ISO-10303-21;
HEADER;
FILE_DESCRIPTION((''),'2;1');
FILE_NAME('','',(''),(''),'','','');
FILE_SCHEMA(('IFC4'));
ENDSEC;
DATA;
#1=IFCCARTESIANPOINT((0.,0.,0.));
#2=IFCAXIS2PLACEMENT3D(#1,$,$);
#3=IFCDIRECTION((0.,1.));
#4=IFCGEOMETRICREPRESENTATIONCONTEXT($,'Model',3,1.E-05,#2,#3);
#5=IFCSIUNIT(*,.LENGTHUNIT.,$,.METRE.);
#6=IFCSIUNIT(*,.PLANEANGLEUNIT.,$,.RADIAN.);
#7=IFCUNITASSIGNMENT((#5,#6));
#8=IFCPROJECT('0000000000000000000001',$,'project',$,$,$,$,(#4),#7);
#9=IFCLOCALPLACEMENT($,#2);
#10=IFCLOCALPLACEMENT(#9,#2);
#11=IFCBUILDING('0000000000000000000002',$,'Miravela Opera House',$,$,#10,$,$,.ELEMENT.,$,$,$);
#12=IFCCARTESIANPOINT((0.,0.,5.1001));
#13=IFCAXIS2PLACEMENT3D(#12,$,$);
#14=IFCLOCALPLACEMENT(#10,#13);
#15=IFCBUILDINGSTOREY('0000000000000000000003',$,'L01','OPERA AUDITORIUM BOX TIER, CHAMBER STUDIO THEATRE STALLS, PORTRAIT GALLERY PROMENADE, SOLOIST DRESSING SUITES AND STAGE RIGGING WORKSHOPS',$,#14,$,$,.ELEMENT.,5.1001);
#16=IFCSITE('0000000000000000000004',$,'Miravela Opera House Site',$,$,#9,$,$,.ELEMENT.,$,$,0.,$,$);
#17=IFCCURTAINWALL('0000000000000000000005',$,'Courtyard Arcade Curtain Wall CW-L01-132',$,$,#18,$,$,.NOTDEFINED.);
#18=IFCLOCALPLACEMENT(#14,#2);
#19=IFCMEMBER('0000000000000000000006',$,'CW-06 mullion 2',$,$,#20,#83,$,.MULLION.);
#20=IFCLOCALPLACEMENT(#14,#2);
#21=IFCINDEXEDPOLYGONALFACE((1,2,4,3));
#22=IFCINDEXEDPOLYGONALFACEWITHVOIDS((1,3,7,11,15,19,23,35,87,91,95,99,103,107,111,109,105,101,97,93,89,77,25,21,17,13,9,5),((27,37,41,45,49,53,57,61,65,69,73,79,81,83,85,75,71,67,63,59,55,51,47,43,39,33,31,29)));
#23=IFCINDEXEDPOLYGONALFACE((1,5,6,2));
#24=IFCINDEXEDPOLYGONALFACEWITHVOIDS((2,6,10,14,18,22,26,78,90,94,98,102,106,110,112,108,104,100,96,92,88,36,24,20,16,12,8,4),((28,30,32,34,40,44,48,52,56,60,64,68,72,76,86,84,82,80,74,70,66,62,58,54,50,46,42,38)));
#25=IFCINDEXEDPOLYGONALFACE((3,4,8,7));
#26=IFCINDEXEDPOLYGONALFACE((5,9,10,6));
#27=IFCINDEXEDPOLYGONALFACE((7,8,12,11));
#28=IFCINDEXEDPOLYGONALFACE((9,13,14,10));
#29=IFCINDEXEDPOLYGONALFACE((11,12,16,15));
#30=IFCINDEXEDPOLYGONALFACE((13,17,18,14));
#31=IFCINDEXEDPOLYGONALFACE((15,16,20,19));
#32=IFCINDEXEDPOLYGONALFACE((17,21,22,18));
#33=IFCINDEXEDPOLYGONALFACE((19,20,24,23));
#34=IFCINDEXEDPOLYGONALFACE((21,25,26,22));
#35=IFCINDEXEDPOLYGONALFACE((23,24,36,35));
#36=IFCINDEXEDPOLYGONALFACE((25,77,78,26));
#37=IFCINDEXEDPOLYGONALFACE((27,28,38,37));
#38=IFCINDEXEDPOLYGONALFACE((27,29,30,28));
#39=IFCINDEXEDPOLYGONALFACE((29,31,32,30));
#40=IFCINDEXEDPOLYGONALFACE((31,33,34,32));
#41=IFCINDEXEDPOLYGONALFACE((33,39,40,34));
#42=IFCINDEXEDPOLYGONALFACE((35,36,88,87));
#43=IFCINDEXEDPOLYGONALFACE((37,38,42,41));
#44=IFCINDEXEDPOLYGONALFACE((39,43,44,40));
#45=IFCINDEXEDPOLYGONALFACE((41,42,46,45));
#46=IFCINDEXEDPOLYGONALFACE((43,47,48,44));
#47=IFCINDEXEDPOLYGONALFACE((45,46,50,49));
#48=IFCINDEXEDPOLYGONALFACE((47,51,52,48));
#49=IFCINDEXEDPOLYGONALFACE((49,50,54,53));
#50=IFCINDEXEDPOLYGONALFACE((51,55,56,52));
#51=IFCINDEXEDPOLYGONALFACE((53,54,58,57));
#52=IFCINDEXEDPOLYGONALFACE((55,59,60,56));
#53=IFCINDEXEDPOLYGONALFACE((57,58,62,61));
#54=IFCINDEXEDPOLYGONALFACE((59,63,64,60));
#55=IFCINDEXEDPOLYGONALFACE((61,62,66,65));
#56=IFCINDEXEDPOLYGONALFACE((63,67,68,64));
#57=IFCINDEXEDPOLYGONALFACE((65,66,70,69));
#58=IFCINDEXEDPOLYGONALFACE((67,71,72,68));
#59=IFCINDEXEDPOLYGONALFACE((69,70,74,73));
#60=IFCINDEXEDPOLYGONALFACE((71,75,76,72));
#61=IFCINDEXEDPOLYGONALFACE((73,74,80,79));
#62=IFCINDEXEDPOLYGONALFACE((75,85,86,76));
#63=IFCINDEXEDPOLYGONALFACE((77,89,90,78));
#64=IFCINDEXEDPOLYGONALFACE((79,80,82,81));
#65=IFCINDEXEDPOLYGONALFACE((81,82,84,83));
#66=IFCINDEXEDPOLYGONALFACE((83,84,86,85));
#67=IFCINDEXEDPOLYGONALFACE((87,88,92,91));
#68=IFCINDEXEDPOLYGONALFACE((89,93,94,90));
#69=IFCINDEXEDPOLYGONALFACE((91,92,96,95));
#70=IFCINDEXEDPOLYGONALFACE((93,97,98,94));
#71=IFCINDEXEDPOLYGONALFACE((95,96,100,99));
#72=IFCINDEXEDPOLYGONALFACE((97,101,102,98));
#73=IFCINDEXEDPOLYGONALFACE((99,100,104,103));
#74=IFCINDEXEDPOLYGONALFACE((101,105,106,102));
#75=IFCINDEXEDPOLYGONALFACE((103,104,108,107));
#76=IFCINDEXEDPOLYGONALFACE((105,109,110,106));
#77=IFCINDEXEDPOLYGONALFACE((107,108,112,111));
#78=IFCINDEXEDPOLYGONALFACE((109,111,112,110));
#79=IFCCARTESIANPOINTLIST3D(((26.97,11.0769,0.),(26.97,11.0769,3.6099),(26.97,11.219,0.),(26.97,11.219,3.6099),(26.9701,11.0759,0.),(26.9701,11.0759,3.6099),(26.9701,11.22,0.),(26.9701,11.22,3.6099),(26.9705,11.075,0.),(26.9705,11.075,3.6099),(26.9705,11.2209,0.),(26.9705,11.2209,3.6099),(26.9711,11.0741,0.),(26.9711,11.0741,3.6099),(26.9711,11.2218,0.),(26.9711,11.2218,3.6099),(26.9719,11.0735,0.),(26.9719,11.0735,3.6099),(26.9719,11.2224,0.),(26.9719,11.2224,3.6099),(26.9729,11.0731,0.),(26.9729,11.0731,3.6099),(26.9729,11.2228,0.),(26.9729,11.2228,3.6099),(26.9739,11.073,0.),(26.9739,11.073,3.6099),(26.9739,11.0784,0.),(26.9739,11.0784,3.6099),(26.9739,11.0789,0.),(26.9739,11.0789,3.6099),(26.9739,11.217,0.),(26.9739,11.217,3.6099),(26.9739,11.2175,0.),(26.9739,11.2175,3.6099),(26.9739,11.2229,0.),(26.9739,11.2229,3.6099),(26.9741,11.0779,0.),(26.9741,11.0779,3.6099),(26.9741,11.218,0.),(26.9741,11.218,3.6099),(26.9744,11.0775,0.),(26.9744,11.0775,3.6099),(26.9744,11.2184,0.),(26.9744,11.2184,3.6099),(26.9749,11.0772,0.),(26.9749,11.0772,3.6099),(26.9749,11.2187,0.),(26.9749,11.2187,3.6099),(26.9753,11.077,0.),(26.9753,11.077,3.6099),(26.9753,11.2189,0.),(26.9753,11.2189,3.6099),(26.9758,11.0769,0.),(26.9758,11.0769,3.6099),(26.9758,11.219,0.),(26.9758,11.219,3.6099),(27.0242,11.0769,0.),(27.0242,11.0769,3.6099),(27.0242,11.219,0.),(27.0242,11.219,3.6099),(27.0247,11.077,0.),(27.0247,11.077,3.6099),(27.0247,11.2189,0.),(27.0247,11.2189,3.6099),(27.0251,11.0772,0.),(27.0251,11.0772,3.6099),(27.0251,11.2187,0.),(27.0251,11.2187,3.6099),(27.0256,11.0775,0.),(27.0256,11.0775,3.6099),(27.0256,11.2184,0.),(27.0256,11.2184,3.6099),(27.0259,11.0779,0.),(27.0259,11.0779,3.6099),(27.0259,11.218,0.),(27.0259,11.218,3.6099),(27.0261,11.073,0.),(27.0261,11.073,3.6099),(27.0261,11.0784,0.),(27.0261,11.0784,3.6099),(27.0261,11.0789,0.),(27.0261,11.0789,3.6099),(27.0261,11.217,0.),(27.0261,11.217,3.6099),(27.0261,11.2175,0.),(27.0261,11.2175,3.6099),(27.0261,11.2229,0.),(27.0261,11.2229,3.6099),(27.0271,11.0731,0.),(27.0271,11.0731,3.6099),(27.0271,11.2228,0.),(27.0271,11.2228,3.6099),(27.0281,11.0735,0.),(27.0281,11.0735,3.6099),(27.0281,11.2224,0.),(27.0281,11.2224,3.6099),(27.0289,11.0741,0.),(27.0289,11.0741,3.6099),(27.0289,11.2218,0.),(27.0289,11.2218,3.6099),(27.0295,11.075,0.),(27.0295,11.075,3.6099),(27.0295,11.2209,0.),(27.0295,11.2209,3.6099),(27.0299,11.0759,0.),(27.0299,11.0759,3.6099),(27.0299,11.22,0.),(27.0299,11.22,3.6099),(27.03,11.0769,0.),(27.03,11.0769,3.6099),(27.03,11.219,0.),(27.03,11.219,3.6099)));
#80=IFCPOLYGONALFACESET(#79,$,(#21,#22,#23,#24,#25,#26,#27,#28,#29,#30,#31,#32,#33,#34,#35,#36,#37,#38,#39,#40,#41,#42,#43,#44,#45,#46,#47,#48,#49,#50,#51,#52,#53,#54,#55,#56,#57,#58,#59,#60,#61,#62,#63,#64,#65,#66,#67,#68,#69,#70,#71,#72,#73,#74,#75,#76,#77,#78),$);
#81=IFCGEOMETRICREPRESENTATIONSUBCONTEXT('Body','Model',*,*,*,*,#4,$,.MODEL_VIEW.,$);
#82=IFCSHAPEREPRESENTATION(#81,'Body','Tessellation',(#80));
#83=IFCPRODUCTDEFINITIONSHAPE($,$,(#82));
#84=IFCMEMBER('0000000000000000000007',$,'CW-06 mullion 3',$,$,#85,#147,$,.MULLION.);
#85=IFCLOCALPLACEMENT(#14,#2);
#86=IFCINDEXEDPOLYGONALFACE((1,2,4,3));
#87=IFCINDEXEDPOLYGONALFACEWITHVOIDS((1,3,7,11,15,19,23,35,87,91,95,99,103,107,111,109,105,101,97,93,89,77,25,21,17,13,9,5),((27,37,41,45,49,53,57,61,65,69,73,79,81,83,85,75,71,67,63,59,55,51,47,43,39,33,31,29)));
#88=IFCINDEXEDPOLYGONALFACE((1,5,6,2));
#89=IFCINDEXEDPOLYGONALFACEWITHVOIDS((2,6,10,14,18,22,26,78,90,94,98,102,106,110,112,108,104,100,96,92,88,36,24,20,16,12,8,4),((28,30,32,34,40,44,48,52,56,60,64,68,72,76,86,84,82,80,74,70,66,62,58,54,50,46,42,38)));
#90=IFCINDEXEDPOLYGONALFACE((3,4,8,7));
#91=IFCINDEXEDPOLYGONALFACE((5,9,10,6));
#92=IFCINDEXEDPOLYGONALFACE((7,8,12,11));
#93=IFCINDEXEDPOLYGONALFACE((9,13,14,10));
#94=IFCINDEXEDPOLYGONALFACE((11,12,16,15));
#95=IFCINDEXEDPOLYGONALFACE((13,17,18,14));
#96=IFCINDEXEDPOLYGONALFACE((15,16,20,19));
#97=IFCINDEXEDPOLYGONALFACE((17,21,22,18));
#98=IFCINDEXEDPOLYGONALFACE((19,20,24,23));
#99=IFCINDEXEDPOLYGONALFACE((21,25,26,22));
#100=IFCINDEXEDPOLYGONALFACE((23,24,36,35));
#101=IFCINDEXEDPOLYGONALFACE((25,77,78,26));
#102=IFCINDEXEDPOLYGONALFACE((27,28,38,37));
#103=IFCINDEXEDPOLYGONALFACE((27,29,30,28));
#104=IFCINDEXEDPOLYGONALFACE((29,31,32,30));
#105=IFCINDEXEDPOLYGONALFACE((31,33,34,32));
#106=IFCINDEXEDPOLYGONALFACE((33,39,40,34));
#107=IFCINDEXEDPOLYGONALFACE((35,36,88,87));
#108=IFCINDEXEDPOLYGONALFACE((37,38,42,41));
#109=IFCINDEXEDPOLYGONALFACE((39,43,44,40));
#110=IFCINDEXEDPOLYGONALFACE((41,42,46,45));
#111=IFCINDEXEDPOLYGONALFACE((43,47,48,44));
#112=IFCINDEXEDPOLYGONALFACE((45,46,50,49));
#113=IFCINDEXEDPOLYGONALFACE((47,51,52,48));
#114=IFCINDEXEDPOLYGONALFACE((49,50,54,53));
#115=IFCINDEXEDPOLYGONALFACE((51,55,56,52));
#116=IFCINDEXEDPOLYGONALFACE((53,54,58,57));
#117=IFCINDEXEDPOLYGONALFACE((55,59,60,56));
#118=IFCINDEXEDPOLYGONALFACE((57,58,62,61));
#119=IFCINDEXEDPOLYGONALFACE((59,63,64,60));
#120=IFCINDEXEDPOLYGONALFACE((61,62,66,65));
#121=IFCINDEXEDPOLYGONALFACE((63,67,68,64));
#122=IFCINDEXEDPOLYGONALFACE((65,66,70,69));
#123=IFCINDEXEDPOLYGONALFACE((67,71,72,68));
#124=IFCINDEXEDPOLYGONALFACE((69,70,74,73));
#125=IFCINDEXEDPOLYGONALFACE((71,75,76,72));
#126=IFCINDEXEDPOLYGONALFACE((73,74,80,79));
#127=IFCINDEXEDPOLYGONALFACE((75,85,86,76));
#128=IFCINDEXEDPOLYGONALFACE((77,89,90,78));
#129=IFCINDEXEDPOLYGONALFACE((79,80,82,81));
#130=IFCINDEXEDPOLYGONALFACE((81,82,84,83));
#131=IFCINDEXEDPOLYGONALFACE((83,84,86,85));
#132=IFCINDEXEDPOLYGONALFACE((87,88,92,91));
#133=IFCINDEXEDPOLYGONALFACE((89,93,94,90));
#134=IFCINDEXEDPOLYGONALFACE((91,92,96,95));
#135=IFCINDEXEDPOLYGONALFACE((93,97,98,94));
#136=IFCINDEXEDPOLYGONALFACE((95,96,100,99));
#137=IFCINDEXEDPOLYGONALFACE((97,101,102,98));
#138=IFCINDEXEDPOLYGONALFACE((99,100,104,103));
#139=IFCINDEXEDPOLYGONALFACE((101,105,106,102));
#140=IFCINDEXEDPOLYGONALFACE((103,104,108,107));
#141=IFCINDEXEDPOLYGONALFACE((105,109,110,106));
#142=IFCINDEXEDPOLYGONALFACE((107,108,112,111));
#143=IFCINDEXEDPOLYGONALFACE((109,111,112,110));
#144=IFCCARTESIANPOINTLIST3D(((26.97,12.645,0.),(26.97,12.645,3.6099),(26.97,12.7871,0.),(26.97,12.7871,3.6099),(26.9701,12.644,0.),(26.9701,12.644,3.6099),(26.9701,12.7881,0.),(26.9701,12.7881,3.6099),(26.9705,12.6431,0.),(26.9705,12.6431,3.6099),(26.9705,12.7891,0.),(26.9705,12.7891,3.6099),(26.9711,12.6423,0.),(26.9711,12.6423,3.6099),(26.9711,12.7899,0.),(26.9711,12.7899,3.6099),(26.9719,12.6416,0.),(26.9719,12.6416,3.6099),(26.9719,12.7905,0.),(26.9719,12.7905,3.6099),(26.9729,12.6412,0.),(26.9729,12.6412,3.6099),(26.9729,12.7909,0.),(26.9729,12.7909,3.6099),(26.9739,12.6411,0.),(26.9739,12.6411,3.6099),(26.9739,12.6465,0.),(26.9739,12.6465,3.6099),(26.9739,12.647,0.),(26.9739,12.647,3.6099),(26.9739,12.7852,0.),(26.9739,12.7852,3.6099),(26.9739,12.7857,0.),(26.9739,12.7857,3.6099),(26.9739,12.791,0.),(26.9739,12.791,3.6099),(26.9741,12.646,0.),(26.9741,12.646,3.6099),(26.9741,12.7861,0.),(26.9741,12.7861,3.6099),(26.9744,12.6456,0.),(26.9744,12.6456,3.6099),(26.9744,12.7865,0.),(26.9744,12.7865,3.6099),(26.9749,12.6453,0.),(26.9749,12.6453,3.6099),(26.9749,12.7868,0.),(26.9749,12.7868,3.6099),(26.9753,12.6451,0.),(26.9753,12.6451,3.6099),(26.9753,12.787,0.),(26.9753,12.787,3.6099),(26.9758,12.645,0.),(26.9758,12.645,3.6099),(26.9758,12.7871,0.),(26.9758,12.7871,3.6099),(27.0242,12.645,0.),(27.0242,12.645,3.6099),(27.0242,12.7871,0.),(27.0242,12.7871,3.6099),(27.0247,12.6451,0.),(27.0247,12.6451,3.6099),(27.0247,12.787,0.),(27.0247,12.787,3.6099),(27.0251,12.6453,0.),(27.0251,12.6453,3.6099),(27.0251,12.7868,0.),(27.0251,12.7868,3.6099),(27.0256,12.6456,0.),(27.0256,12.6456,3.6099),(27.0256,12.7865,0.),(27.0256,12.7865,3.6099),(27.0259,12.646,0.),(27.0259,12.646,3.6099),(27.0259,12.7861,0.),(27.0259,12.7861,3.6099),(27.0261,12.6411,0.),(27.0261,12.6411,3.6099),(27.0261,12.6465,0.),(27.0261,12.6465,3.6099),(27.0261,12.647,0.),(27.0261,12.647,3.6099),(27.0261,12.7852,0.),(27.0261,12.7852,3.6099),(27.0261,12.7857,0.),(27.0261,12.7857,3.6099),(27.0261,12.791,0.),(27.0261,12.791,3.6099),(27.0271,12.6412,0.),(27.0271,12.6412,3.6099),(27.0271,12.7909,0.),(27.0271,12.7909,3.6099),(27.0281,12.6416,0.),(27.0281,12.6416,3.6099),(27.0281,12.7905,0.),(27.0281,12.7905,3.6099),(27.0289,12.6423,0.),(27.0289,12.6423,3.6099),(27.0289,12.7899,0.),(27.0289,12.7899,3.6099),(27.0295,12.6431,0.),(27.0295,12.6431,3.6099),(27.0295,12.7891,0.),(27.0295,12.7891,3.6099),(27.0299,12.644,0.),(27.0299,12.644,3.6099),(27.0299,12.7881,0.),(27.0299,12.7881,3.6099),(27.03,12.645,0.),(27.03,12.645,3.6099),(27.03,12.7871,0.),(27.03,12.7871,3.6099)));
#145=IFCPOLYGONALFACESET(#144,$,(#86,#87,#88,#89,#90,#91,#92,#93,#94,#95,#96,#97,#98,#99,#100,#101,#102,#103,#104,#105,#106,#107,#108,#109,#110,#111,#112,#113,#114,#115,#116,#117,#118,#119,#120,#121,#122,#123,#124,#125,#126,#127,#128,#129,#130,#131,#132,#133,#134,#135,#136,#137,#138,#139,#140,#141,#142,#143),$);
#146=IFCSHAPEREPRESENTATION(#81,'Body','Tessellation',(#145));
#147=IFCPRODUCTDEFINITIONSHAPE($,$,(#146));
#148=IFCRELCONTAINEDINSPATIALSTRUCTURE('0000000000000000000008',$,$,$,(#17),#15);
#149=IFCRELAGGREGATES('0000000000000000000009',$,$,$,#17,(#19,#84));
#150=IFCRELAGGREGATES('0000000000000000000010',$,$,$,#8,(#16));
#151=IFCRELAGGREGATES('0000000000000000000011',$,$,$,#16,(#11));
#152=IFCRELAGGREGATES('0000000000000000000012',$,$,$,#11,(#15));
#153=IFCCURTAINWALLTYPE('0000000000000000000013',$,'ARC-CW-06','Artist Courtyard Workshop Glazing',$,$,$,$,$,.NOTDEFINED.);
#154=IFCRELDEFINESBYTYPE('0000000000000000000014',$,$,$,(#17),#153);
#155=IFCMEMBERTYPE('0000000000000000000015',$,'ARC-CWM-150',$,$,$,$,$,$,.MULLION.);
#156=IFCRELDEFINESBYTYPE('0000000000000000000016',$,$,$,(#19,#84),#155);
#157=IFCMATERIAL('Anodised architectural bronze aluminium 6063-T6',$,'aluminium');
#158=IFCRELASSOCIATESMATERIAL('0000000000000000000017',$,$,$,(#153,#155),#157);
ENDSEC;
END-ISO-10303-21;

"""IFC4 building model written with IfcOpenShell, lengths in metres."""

from ifc_helpers import new_model, si_unit, direction, frame, origin, origin_2d, place, context, subcontext, project, spatial, hollow_rectangle, extrude, material, material_profile, profile_set, type_object, element, aggregate, save


model = new_model("IFC4")

# Units and contexts
model_context = context("Model", 3, precision=1e-05, world=origin(), true_north=direction((0.0, 1.0)))
body_context = subcontext(model_context, "Body", "Model", "MODEL_VIEW")
ifc_project = project(units=[si_unit("LENGTHUNIT", "METRE"), si_unit("PLANEANGLEUNIT", "RADIAN")], contexts=[model_context])

# Site, building, storey
site_placement = place(None, origin())
site = spatial("IfcSite", under=ifc_project, at=site_placement, Name="Miravela Opera House Site", CompositionType="ELEMENT", RefElevation=0.0)
building_placement = place(site_placement, origin())
building = spatial("IfcBuilding", under=site, at=building_placement, Name="Miravela Opera House", CompositionType="ELEMENT")
storey_placement = place(building_placement, frame((0.0, 0.0, 5.1001)))
storey = spatial("IfcBuildingStorey", under=building, at=storey_placement, Name="L01", Description="OPERA AUDITORIUM BOX TIER, CHAMBER STUDIO THEATRE STALLS, PORTRAIT GALLERY PROMENADE, SOLOIST DRESSING SUITES AND STAGE RIGGING WORKSHOPS", CompositionType="ELEMENT", Elevation=5.1001)

# Curtain wall, members
ifc_material_1 = material(Name="Anodised architectural bronze aluminium 6063-T6", Category="aluminium")
curtain_wall_type = type_object("IfcCurtainWallType", Name="ARC-CW-06", Description="Artist Courtyard Workshop Glazing", PredefinedType="NOTDEFINED", material=ifc_material_1)
curtain_wall_placement = place(storey_placement, origin())
curtain_wall = element("IfcCurtainWall", 1, at=curtain_wall_placement, inside=storey, type_object=curtain_wall_type, Name="Courtyard Arcade Curtain Wall CW-L01-132", PredefinedType="NOTDEFINED")
ifc_material_profile_1 = material_profile(ifc_material_1, hollow_rectangle(XDim=0.0601, YDim=0.1499, WallThickness=0.0039, InnerFilletRadius=0.002, OuterFilletRadius=0.0039, at=origin_2d()), Name="CWM-60X150")
ifc_profile_set_1 = profile_set([ifc_material_profile_1])
member_type_1 = type_object("IfcMemberType", Name="ARC-CWM-150", PredefinedType="MULLION", material=ifc_profile_set_1)
member_1_placement = place(storey_placement, frame((27.0, 11.1479, 0.0), z_axis=(0.0, 0.0, 1.0), x_axis=(-1.0, 0.0, 0.0)))
member_1 = element("IfcMember", 2, at=member_1_placement, type_object=member_type_1, Name="CW-06 mullion 2", PredefinedType="MULLION", context=body_context, shape_type="SweptSolid", body=[
    extrude(hollow_rectangle(XDim=0.0601, YDim=0.1499, WallThickness=0.0039, InnerFilletRadius=0.002, OuterFilletRadius=0.0039, at=origin_2d()), origin(), (0.0, 0.0, 1.0), 3.6099),
])
member_2_placement = place(storey_placement, frame((27.0, 12.7161, 0.0), z_axis=(0.0, 0.0, 1.0), x_axis=(-1.0, 0.0, 0.0)))
member_2 = element("IfcMember", 3, at=member_2_placement, type_object=member_type_1, Name="CW-06 mullion 3", PredefinedType="MULLION", context=body_context, shape_type="SweptSolid", body=[
    extrude(hollow_rectangle(XDim=0.0601, YDim=0.1499, WallThickness=0.0039, InnerFilletRadius=0.002, OuterFilletRadius=0.0039, at=origin_2d()), origin(), (0.0, 0.0, 1.0), 3.6099),
])
aggregate(curtain_wall, [member_1, member_2])

save(model, "model.ifc")
